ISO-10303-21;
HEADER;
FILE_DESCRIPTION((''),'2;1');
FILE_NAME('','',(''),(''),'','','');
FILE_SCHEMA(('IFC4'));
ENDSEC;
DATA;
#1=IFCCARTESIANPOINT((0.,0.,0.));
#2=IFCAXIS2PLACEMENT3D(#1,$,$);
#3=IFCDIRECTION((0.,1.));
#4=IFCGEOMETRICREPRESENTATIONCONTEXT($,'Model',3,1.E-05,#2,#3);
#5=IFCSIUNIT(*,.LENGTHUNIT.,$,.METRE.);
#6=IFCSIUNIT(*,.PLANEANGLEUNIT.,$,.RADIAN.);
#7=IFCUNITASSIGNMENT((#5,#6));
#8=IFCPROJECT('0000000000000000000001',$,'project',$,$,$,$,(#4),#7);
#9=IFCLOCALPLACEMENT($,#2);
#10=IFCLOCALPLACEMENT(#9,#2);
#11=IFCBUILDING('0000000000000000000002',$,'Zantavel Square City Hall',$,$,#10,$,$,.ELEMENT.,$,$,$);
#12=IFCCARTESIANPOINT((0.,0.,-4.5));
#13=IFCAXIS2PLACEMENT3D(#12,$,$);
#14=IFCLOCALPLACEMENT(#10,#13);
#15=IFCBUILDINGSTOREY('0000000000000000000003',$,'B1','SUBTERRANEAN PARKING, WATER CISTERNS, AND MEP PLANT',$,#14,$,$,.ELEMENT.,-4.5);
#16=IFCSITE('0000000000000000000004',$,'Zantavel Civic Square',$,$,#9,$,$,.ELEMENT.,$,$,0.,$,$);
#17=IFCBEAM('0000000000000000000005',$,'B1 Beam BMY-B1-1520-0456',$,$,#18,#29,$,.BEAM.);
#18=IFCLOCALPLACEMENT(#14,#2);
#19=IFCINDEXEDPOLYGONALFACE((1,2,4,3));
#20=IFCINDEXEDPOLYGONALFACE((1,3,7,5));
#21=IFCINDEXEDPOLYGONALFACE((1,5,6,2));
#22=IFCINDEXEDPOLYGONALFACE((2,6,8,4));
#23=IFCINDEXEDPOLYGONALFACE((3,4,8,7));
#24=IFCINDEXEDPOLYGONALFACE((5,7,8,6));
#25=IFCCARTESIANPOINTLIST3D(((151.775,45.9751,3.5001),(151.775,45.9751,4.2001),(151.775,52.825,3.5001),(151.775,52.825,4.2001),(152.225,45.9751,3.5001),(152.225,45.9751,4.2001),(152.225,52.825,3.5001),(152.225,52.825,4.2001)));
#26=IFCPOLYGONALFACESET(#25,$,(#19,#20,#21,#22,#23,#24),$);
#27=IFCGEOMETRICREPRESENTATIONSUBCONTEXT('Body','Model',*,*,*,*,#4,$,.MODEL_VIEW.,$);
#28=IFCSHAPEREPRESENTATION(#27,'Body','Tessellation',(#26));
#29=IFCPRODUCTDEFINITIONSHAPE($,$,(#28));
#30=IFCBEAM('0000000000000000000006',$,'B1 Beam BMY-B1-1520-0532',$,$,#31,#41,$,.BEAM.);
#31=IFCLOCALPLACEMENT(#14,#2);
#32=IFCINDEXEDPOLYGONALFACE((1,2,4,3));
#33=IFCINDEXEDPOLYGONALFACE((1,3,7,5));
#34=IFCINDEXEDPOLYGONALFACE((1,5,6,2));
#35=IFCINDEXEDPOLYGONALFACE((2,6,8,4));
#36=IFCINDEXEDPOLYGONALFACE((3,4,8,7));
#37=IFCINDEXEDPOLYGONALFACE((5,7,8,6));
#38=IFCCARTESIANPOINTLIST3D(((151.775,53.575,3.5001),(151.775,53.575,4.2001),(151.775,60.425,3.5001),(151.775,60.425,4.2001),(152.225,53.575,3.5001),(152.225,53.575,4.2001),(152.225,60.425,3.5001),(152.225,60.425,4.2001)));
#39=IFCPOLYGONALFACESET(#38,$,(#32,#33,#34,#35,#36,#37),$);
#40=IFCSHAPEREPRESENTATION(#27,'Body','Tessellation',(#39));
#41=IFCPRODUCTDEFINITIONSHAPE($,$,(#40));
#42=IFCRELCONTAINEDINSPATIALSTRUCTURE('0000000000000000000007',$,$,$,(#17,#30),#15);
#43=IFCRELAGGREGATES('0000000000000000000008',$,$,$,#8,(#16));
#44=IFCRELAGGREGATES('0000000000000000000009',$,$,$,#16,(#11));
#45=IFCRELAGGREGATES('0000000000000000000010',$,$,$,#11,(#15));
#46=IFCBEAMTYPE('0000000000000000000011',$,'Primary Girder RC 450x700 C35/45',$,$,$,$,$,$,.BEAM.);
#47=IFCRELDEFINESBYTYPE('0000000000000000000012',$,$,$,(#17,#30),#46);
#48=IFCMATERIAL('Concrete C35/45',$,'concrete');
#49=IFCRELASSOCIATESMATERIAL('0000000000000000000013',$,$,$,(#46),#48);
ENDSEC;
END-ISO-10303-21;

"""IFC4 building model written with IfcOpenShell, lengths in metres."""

from ifc_helpers import new_model, si_unit, direction, frame, origin, origin_2d, place, context, subcontext, project, spatial, rectangle, extrude, material, material_profile, profile_set, type_object, element, save


model = new_model("IFC4")

# Units and contexts
model_context = context("Model", 3, precision=1e-05, world=origin(), true_north=direction((0.0, 1.0)))
body_context = subcontext(model_context, "Body", "Model", "MODEL_VIEW")
ifc_project = project(units=[si_unit("LENGTHUNIT", "METRE"), si_unit("PLANEANGLEUNIT", "RADIAN")], contexts=[model_context])

# Site, building, storey
site_placement = place(None, origin())
site = spatial("IfcSite", under=ifc_project, at=site_placement, Name="Zantavel Civic Square", CompositionType="ELEMENT", RefElevation=0.0)
building_placement = place(site_placement, origin())
building = spatial("IfcBuilding", under=site, at=building_placement, Name="Zantavel Square City Hall", CompositionType="ELEMENT")
storey_placement = place(building_placement, frame((0.0, 0.0, -4.5)))
storey = spatial("IfcBuildingStorey", under=building, at=storey_placement, Name="B1", Description="SUBTERRANEAN PARKING, WATER CISTERNS, AND MEP PLANT", CompositionType="ELEMENT", Elevation=-4.5)

# Shared definitions
ifc_material_1 = material(Name="Concrete C35/45", Category="concrete")

# Beams
ifc_material_profile_1 = material_profile(ifc_material_1, rectangle(XDim=0.45, YDim=0.7, at=origin_2d()), Name="RC 450x700")
ifc_profile_set_1 = profile_set([ifc_material_profile_1], Name="Concrete C35/45")
beam_type_1 = type_object("IfcBeamType", Name="Primary Girder RC 450x700 C35/45", PredefinedType="BEAM", material=ifc_profile_set_1)
beam_1_placement = place(storey_placement, frame((152.0, 45.9751, 3.8501), z_axis=(0.0, 1.0, 0.0), x_axis=(-1.0, 0.0, 0.0)))
element("IfcBeam", 1, at=beam_1_placement, inside=storey, type_object=beam_type_1, Name="B1 Beam BMY-B1-1520-0456", PredefinedType="BEAM", context=body_context, shape_type="SweptSolid", body=[
    extrude(rectangle(XDim=0.45, YDim=0.7, at=origin_2d()), origin(), (0.0, 0.0, 1.0), 6.8499),
])
beam_2_placement = place(storey_placement, frame((152.0, 53.575, 3.8501), z_axis=(0.0, 1.0, 0.0), x_axis=(-1.0, 0.0, 0.0)))
element("IfcBeam", 2, at=beam_2_placement, inside=storey, type_object=beam_type_1, Name="B1 Beam BMY-B1-1520-0532", PredefinedType="BEAM", context=body_context, shape_type="SweptSolid", body=[
    extrude(rectangle(XDim=0.45, YDim=0.7, at=origin_2d()), origin(), (0.0, 0.0, 1.0), 6.8501),
])

save(model, "model.ifc")
